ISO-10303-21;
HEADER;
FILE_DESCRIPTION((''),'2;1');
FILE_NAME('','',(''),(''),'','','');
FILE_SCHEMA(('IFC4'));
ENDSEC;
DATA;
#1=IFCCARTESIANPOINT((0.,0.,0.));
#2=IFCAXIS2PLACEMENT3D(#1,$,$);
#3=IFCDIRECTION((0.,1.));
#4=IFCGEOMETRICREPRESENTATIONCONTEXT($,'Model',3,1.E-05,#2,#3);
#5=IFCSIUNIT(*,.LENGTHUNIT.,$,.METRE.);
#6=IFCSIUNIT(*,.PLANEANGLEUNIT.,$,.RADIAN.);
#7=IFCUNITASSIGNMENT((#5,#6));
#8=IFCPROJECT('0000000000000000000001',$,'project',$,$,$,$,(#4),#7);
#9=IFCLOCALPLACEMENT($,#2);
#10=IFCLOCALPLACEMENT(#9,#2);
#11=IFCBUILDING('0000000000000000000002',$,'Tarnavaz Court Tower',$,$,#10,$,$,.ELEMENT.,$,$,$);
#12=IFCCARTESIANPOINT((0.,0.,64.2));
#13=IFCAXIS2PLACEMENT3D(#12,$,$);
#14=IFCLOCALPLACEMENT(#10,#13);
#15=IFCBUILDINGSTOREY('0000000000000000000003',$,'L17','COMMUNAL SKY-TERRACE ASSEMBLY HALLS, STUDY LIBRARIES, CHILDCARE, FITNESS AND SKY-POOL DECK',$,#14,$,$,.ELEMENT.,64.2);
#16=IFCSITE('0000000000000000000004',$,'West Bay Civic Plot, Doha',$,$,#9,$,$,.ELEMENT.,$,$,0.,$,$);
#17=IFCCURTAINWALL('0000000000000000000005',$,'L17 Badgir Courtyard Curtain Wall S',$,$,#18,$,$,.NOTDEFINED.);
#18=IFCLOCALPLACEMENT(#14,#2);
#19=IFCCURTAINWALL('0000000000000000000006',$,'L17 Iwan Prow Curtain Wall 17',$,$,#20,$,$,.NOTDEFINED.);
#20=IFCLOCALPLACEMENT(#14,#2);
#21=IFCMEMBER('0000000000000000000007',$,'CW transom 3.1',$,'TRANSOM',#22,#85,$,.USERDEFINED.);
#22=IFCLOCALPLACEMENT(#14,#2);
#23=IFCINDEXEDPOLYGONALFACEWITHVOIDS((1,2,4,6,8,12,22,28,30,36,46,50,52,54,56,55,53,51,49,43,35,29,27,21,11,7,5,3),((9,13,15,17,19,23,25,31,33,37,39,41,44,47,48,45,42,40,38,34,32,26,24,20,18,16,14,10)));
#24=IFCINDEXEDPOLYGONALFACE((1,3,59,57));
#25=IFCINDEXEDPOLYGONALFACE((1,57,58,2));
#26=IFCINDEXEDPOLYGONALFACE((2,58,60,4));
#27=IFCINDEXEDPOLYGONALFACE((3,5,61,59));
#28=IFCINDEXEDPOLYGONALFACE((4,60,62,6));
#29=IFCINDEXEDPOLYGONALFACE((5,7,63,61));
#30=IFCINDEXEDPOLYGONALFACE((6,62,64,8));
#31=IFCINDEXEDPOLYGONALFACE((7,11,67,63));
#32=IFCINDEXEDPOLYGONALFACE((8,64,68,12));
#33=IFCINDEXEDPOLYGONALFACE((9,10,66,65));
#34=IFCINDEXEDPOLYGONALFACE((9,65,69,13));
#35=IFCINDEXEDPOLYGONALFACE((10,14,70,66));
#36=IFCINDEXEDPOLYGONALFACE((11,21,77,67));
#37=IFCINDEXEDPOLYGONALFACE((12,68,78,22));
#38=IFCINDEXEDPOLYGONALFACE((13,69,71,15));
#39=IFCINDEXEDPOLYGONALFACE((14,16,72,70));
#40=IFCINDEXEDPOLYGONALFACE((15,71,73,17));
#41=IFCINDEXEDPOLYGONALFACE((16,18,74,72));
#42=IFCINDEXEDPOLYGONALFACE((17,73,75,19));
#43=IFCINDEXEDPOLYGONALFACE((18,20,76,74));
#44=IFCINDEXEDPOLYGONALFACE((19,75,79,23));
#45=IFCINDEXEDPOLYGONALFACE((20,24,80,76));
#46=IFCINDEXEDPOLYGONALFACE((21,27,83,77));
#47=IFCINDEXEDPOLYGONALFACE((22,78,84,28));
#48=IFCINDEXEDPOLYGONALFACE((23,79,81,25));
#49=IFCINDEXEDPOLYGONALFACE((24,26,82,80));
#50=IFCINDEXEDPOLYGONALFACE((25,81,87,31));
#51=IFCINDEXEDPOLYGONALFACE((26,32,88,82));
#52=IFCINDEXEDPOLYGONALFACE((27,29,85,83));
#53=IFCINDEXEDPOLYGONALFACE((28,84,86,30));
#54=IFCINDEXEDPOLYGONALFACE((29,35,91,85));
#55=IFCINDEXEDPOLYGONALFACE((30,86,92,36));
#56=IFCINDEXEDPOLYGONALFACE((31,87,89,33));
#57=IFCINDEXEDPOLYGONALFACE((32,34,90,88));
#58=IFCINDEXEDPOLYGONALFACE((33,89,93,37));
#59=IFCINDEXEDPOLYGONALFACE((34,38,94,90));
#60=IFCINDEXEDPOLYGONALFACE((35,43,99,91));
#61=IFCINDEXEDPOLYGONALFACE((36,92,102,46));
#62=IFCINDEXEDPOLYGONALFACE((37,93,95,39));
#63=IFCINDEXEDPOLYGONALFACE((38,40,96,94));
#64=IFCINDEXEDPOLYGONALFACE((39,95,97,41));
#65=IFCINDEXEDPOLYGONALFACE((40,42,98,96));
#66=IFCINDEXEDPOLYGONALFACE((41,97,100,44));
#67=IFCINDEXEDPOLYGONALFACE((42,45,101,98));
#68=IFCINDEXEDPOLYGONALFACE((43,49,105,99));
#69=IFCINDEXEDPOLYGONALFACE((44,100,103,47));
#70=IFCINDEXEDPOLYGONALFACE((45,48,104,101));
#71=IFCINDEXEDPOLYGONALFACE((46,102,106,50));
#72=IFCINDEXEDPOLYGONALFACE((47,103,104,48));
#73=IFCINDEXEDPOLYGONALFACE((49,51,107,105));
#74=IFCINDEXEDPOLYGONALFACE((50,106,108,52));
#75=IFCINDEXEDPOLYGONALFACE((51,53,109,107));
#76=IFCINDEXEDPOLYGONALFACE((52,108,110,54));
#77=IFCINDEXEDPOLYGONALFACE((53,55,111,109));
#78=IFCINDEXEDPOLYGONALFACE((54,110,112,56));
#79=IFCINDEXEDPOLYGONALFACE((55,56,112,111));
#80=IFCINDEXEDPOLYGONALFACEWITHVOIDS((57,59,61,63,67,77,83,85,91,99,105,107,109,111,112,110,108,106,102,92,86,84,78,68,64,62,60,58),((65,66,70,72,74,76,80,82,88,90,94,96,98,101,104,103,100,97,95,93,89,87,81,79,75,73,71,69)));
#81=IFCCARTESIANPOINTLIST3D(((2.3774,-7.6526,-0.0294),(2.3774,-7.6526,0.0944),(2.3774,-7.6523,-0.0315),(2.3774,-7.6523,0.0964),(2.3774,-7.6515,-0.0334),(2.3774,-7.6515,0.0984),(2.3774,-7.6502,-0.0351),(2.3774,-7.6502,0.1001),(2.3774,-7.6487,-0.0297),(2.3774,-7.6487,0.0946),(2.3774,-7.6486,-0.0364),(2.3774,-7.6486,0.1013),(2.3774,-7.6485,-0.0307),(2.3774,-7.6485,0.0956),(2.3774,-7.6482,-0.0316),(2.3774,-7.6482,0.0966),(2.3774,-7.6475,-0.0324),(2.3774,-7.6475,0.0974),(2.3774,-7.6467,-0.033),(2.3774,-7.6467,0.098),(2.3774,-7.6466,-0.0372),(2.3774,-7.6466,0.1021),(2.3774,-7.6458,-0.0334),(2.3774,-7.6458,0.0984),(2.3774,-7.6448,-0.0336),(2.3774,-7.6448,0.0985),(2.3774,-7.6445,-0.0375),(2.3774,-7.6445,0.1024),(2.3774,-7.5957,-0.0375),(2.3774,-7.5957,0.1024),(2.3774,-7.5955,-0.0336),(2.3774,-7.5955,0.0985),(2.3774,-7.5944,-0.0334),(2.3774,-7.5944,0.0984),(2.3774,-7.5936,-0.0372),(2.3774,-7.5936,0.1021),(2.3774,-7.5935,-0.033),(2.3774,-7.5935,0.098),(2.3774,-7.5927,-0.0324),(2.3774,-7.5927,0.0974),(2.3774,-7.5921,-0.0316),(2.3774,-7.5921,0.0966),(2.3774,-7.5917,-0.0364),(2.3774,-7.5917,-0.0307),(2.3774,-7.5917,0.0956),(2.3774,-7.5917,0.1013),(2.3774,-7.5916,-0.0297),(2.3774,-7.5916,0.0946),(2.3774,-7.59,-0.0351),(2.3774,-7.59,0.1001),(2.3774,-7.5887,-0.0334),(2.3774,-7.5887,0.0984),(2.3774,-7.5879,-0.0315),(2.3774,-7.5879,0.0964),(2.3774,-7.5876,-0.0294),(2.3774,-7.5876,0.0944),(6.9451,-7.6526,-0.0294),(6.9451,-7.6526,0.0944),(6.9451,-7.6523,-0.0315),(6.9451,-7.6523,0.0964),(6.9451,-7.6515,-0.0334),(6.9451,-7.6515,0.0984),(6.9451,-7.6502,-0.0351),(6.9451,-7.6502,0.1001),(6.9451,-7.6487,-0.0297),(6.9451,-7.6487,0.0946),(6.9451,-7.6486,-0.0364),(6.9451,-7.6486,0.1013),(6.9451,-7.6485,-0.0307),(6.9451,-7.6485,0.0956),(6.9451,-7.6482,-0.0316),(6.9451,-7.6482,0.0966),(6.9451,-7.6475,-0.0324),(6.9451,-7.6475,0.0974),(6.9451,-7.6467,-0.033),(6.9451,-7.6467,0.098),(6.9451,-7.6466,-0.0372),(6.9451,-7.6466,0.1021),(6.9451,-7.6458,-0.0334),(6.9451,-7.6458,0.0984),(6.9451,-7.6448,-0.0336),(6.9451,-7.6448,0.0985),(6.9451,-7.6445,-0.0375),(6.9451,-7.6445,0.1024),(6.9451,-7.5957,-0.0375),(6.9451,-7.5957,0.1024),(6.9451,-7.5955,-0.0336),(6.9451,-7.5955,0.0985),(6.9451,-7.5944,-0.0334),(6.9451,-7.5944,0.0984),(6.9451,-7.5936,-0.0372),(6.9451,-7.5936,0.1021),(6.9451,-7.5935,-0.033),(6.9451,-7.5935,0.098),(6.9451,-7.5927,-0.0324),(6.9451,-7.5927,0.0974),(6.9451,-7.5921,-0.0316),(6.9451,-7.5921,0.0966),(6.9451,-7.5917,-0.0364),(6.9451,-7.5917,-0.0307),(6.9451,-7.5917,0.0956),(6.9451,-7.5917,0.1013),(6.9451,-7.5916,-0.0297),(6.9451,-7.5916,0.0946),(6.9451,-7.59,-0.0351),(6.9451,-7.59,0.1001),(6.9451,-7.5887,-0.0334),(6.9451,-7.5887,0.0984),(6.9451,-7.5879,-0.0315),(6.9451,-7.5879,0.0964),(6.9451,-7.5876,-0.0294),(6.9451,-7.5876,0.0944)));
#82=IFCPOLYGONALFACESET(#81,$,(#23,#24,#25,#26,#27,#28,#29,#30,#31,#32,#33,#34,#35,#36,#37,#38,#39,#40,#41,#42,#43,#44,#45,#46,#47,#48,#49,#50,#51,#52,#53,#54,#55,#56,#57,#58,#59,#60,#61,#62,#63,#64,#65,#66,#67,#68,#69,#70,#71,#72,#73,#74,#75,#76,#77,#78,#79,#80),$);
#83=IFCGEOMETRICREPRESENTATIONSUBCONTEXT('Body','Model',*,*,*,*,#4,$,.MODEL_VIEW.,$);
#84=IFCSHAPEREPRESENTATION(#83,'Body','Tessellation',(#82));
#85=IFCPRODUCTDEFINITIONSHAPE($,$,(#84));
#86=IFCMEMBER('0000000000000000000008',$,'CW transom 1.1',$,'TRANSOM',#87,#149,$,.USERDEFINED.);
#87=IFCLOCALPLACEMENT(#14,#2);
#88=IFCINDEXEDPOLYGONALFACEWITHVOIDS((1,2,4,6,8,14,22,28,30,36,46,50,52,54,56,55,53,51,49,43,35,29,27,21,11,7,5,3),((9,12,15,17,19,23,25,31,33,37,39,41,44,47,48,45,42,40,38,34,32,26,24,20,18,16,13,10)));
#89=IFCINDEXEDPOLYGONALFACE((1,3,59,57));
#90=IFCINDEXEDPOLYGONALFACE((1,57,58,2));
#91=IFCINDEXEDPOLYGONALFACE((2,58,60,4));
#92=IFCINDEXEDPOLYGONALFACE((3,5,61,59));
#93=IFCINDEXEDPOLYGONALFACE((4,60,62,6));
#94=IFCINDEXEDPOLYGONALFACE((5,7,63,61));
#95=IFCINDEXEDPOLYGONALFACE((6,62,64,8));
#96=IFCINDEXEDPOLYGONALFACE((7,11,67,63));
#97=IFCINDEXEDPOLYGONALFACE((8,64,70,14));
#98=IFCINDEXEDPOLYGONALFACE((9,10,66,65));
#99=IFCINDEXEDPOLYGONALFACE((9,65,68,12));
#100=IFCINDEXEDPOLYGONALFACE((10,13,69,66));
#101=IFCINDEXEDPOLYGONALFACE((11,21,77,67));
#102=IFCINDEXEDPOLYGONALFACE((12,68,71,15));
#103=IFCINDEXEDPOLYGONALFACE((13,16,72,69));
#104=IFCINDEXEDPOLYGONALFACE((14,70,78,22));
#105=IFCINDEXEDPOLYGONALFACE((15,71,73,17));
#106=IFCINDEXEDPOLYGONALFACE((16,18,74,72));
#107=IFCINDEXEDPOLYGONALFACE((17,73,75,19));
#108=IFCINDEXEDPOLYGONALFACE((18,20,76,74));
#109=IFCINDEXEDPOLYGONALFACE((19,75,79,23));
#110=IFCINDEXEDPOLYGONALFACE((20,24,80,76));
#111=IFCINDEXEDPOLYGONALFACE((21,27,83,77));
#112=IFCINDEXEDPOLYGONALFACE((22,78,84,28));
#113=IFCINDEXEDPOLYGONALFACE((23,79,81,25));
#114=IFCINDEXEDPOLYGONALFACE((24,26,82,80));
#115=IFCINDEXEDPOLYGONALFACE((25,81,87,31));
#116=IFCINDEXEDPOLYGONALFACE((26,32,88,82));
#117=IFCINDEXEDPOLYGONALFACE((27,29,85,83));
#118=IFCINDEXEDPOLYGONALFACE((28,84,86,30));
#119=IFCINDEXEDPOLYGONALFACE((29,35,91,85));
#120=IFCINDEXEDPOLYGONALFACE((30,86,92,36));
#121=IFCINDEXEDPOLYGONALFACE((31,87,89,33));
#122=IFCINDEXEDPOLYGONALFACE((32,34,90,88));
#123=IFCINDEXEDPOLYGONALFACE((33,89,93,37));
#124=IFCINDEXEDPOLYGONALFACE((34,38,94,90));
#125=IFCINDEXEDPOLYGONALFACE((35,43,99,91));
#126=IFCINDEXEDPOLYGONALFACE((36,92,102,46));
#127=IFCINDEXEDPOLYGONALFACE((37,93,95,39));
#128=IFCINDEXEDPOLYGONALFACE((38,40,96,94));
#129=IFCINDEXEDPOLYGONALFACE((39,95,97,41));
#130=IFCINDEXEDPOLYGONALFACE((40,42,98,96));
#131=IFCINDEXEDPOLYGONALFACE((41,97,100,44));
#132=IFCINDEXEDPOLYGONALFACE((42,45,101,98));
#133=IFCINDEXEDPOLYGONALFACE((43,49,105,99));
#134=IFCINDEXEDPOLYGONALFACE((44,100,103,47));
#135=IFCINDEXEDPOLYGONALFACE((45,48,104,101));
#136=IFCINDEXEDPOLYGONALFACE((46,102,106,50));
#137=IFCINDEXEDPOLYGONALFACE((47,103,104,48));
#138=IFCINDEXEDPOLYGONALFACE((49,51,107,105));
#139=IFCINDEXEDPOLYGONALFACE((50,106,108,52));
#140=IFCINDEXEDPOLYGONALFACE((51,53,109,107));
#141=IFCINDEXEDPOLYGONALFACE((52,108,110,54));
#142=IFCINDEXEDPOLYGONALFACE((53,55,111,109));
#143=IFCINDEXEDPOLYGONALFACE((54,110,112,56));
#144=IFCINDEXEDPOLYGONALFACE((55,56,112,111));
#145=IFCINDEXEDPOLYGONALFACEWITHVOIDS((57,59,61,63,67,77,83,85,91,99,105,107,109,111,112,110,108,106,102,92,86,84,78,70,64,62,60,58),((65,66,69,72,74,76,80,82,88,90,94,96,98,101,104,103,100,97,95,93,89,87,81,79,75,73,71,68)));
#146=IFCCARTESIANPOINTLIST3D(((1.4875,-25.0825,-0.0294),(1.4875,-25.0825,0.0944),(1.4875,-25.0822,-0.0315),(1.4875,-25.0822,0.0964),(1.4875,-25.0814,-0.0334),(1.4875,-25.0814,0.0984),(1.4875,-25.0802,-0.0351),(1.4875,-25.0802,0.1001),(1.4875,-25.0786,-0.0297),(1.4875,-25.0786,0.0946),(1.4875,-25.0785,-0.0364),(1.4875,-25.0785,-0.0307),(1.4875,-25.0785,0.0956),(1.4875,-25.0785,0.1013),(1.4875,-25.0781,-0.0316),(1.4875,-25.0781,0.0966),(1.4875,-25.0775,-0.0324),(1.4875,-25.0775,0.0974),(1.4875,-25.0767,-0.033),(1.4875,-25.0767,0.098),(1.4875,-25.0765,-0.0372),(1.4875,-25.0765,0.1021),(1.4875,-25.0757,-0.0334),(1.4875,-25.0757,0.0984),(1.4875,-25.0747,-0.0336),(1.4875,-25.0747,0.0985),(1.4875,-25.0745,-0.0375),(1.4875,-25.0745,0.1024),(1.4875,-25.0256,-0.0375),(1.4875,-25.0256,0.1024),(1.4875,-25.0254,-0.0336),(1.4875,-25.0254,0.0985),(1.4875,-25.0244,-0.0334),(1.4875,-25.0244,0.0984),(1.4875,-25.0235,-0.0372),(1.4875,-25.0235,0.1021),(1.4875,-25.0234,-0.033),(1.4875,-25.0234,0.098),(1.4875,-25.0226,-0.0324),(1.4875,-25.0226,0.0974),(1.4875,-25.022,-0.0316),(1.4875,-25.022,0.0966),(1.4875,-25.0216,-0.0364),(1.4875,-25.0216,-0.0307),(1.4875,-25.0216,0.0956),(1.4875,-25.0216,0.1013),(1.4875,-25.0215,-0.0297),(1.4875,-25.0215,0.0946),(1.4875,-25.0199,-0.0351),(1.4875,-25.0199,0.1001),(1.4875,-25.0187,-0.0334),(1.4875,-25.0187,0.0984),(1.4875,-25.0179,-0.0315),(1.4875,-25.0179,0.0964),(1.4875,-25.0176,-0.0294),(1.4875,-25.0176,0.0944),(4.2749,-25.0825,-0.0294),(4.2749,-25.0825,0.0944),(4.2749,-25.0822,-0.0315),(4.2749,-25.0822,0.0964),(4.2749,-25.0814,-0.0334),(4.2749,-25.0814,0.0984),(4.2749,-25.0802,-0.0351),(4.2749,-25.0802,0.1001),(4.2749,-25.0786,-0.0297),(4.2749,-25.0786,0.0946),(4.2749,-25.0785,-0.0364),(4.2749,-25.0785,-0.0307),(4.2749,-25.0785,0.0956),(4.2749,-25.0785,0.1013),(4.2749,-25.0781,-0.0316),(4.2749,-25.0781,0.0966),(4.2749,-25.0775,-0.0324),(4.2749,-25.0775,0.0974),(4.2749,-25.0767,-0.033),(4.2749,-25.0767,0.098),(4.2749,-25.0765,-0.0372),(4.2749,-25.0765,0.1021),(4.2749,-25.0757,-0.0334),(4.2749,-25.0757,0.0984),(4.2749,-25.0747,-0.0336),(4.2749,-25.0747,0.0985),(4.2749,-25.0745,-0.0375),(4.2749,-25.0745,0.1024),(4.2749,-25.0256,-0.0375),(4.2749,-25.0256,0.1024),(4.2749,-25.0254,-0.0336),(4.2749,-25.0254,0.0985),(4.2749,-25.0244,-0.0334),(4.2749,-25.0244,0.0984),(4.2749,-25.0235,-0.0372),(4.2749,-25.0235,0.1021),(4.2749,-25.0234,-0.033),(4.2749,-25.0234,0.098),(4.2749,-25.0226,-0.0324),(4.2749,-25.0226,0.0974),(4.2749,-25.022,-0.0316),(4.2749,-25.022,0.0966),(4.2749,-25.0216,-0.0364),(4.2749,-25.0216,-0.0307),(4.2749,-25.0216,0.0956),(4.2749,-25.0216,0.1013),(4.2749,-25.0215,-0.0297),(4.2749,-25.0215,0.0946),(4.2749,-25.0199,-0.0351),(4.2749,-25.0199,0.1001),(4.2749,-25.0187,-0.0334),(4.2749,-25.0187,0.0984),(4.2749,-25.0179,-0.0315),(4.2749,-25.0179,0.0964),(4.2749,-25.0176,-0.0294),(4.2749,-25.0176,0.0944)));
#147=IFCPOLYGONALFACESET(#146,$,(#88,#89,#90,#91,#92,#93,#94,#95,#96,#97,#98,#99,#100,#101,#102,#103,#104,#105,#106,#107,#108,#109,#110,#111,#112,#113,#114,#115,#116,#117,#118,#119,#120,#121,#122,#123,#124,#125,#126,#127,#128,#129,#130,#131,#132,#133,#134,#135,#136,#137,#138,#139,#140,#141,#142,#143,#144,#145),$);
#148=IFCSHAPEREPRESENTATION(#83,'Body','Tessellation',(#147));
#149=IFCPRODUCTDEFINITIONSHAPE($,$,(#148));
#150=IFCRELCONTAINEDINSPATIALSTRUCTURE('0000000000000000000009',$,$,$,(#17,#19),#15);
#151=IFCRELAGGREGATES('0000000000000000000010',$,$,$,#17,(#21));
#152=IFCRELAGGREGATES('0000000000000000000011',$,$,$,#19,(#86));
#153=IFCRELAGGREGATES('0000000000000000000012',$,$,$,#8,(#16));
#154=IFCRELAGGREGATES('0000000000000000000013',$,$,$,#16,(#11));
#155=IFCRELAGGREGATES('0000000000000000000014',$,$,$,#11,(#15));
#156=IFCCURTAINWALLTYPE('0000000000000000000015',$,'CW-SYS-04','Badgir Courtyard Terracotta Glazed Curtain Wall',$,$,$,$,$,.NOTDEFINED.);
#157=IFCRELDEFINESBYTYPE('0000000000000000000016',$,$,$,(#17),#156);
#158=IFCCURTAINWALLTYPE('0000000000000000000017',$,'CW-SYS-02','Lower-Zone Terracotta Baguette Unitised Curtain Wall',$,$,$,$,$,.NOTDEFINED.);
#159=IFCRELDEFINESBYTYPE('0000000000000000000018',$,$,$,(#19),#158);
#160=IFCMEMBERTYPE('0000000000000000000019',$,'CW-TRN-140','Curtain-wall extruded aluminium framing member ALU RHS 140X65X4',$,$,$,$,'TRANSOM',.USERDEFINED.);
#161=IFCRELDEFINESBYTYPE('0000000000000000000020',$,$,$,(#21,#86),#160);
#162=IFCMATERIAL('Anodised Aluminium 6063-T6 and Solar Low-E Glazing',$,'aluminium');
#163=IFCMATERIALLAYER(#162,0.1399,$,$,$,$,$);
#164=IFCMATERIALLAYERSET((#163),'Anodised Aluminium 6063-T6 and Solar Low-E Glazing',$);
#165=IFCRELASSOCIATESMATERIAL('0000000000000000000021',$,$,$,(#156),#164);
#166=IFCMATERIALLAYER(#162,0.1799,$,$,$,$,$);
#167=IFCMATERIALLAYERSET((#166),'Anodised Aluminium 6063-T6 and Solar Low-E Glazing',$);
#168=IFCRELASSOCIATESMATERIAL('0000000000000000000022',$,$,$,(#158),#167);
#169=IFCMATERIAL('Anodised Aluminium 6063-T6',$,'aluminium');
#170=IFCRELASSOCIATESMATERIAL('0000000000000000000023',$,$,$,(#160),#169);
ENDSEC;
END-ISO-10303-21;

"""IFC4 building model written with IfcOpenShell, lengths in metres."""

from ifc_helpers import new_model, si_unit, direction, frame, origin, origin_2d, place, context, subcontext, project, spatial, hollow_rectangle, extrude, material, layer, layer_set, material_profile, profile_set, type_object, element, aggregate, save


model = new_model("IFC4")

# Units and contexts
model_context = context("Model", 3, precision=1e-05, world=origin(), true_north=direction((0.0, 1.0)))
body_context = subcontext(model_context, "Body", "Model", "MODEL_VIEW")
ifc_project = project(units=[si_unit("LENGTHUNIT", "METRE"), si_unit("PLANEANGLEUNIT", "RADIAN")], contexts=[model_context])

# Site, building, storey
site_placement = place(None, origin())
site = spatial("IfcSite", under=ifc_project, at=site_placement, Name="West Bay Civic Plot, Doha", CompositionType="ELEMENT", RefElevation=0.0)
building_placement = place(site_placement, origin())
building = spatial("IfcBuilding", under=site, at=building_placement, Name="Tarnavaz Court Tower", CompositionType="ELEMENT")
storey_placement = place(building_placement, frame((0.0, 0.0, 64.2)))
storey = spatial("IfcBuildingStorey", under=building, at=storey_placement, Name="L17", Description="COMMUNAL SKY-TERRACE ASSEMBLY HALLS, STUDY LIBRARIES, CHILDCARE, FITNESS AND SKY-POOL DECK", CompositionType="ELEMENT", Elevation=64.2)

# Curtain wall
ifc_material_1 = material(Name="Anodised Aluminium 6063-T6 and Solar Low-E Glazing", Category="aluminium")
ifc_layer_1 = layer(ifc_material_1, 0.1399)
ifc_layer_set_1 = layer_set([ifc_layer_1], Name="Anodised Aluminium 6063-T6 and Solar Low-E Glazing")
curtain_wall_type_1 = type_object("IfcCurtainWallType", Name="CW-SYS-04", Description="Badgir Courtyard Terracotta Glazed Curtain Wall", PredefinedType="NOTDEFINED", material=ifc_layer_set_1)
curtain_wall_1_placement = place(storey_placement, origin())
curtain_wall_1 = element("IfcCurtainWall", 1, at=curtain_wall_1_placement, inside=storey, type_object=curtain_wall_type_1, Name="L17 Badgir Courtyard Curtain Wall S", PredefinedType="NOTDEFINED")
ifc_material_2 = material(Name="Anodised Aluminium 6063-T6", Category="aluminium")

# Curtain wall
ifc_layer_2 = layer(ifc_material_1, 0.1799)
ifc_layer_set_2 = layer_set([ifc_layer_2], Name="Anodised Aluminium 6063-T6 and Solar Low-E Glazing")
curtain_wall_type_2 = type_object("IfcCurtainWallType", Name="CW-SYS-02", Description="Lower-Zone Terracotta Baguette Unitised Curtain Wall", PredefinedType="NOTDEFINED", material=ifc_layer_set_2)
curtain_wall_2_placement = place(storey_placement, origin())
curtain_wall_2 = element("IfcCurtainWall", 2, at=curtain_wall_2_placement, inside=storey, type_object=curtain_wall_type_2, Name="L17 Iwan Prow Curtain Wall 17", PredefinedType="NOTDEFINED")

# Members
ifc_material_profile_1 = material_profile(ifc_material_2, hollow_rectangle(XDim=0.0649, YDim=0.1399, WallThickness=0.0039, InnerFilletRadius=0.0039, OuterFilletRadius=0.0081, at=origin_2d()), Name="ALU RHS 140X65X4")
ifc_profile_set_1 = profile_set([ifc_material_profile_1], Name="Anodised Aluminium 6063-T6")
member_type_1 = type_object("IfcMemberType", Name="CW-TRN-140", Description="Curtain-wall extruded aluminium framing member ALU RHS 140X65X4", ElementType="TRANSOM", PredefinedType="USERDEFINED", material=ifc_profile_set_1)
member_1_placement = place(storey_placement, frame((2.3774, -7.6201, 0.0325), z_axis=(1.0, 0.0, 0.0), x_axis=(0.0, 1.0, 0.0)))
member_1 = element("IfcMember", 3, at=member_1_placement, type_object=member_type_1, Name="CW transom 3.1", ObjectType="TRANSOM", PredefinedType="USERDEFINED", context=body_context, shape_type="SweptSolid", body=[
    extrude(hollow_rectangle(XDim=0.0649, YDim=0.1399, WallThickness=0.0039, InnerFilletRadius=0.0039, OuterFilletRadius=0.0081, at=origin_2d()), origin(), (0.0, 0.0, 1.0), 4.5676),
])
member_2_placement = place(storey_placement, frame((4.2749, -25.05, 0.0325), z_axis=(-1.0, 0.0, 0.0), x_axis=(0.0, -1.0, 0.0)))
member_2 = element("IfcMember", 4, at=member_2_placement, type_object=member_type_1, Name="CW transom 1.1", ObjectType="TRANSOM", PredefinedType="USERDEFINED", context=body_context, shape_type="SweptSolid", body=[
    extrude(hollow_rectangle(XDim=0.0649, YDim=0.1399, WallThickness=0.0039, InnerFilletRadius=0.0039, OuterFilletRadius=0.0081, at=origin_2d()), origin(), (0.0, 0.0, 1.0), 2.7874),
])

aggregate(curtain_wall_1, [member_1])
aggregate(curtain_wall_2, [member_2])

save(model, "model.ifc")
